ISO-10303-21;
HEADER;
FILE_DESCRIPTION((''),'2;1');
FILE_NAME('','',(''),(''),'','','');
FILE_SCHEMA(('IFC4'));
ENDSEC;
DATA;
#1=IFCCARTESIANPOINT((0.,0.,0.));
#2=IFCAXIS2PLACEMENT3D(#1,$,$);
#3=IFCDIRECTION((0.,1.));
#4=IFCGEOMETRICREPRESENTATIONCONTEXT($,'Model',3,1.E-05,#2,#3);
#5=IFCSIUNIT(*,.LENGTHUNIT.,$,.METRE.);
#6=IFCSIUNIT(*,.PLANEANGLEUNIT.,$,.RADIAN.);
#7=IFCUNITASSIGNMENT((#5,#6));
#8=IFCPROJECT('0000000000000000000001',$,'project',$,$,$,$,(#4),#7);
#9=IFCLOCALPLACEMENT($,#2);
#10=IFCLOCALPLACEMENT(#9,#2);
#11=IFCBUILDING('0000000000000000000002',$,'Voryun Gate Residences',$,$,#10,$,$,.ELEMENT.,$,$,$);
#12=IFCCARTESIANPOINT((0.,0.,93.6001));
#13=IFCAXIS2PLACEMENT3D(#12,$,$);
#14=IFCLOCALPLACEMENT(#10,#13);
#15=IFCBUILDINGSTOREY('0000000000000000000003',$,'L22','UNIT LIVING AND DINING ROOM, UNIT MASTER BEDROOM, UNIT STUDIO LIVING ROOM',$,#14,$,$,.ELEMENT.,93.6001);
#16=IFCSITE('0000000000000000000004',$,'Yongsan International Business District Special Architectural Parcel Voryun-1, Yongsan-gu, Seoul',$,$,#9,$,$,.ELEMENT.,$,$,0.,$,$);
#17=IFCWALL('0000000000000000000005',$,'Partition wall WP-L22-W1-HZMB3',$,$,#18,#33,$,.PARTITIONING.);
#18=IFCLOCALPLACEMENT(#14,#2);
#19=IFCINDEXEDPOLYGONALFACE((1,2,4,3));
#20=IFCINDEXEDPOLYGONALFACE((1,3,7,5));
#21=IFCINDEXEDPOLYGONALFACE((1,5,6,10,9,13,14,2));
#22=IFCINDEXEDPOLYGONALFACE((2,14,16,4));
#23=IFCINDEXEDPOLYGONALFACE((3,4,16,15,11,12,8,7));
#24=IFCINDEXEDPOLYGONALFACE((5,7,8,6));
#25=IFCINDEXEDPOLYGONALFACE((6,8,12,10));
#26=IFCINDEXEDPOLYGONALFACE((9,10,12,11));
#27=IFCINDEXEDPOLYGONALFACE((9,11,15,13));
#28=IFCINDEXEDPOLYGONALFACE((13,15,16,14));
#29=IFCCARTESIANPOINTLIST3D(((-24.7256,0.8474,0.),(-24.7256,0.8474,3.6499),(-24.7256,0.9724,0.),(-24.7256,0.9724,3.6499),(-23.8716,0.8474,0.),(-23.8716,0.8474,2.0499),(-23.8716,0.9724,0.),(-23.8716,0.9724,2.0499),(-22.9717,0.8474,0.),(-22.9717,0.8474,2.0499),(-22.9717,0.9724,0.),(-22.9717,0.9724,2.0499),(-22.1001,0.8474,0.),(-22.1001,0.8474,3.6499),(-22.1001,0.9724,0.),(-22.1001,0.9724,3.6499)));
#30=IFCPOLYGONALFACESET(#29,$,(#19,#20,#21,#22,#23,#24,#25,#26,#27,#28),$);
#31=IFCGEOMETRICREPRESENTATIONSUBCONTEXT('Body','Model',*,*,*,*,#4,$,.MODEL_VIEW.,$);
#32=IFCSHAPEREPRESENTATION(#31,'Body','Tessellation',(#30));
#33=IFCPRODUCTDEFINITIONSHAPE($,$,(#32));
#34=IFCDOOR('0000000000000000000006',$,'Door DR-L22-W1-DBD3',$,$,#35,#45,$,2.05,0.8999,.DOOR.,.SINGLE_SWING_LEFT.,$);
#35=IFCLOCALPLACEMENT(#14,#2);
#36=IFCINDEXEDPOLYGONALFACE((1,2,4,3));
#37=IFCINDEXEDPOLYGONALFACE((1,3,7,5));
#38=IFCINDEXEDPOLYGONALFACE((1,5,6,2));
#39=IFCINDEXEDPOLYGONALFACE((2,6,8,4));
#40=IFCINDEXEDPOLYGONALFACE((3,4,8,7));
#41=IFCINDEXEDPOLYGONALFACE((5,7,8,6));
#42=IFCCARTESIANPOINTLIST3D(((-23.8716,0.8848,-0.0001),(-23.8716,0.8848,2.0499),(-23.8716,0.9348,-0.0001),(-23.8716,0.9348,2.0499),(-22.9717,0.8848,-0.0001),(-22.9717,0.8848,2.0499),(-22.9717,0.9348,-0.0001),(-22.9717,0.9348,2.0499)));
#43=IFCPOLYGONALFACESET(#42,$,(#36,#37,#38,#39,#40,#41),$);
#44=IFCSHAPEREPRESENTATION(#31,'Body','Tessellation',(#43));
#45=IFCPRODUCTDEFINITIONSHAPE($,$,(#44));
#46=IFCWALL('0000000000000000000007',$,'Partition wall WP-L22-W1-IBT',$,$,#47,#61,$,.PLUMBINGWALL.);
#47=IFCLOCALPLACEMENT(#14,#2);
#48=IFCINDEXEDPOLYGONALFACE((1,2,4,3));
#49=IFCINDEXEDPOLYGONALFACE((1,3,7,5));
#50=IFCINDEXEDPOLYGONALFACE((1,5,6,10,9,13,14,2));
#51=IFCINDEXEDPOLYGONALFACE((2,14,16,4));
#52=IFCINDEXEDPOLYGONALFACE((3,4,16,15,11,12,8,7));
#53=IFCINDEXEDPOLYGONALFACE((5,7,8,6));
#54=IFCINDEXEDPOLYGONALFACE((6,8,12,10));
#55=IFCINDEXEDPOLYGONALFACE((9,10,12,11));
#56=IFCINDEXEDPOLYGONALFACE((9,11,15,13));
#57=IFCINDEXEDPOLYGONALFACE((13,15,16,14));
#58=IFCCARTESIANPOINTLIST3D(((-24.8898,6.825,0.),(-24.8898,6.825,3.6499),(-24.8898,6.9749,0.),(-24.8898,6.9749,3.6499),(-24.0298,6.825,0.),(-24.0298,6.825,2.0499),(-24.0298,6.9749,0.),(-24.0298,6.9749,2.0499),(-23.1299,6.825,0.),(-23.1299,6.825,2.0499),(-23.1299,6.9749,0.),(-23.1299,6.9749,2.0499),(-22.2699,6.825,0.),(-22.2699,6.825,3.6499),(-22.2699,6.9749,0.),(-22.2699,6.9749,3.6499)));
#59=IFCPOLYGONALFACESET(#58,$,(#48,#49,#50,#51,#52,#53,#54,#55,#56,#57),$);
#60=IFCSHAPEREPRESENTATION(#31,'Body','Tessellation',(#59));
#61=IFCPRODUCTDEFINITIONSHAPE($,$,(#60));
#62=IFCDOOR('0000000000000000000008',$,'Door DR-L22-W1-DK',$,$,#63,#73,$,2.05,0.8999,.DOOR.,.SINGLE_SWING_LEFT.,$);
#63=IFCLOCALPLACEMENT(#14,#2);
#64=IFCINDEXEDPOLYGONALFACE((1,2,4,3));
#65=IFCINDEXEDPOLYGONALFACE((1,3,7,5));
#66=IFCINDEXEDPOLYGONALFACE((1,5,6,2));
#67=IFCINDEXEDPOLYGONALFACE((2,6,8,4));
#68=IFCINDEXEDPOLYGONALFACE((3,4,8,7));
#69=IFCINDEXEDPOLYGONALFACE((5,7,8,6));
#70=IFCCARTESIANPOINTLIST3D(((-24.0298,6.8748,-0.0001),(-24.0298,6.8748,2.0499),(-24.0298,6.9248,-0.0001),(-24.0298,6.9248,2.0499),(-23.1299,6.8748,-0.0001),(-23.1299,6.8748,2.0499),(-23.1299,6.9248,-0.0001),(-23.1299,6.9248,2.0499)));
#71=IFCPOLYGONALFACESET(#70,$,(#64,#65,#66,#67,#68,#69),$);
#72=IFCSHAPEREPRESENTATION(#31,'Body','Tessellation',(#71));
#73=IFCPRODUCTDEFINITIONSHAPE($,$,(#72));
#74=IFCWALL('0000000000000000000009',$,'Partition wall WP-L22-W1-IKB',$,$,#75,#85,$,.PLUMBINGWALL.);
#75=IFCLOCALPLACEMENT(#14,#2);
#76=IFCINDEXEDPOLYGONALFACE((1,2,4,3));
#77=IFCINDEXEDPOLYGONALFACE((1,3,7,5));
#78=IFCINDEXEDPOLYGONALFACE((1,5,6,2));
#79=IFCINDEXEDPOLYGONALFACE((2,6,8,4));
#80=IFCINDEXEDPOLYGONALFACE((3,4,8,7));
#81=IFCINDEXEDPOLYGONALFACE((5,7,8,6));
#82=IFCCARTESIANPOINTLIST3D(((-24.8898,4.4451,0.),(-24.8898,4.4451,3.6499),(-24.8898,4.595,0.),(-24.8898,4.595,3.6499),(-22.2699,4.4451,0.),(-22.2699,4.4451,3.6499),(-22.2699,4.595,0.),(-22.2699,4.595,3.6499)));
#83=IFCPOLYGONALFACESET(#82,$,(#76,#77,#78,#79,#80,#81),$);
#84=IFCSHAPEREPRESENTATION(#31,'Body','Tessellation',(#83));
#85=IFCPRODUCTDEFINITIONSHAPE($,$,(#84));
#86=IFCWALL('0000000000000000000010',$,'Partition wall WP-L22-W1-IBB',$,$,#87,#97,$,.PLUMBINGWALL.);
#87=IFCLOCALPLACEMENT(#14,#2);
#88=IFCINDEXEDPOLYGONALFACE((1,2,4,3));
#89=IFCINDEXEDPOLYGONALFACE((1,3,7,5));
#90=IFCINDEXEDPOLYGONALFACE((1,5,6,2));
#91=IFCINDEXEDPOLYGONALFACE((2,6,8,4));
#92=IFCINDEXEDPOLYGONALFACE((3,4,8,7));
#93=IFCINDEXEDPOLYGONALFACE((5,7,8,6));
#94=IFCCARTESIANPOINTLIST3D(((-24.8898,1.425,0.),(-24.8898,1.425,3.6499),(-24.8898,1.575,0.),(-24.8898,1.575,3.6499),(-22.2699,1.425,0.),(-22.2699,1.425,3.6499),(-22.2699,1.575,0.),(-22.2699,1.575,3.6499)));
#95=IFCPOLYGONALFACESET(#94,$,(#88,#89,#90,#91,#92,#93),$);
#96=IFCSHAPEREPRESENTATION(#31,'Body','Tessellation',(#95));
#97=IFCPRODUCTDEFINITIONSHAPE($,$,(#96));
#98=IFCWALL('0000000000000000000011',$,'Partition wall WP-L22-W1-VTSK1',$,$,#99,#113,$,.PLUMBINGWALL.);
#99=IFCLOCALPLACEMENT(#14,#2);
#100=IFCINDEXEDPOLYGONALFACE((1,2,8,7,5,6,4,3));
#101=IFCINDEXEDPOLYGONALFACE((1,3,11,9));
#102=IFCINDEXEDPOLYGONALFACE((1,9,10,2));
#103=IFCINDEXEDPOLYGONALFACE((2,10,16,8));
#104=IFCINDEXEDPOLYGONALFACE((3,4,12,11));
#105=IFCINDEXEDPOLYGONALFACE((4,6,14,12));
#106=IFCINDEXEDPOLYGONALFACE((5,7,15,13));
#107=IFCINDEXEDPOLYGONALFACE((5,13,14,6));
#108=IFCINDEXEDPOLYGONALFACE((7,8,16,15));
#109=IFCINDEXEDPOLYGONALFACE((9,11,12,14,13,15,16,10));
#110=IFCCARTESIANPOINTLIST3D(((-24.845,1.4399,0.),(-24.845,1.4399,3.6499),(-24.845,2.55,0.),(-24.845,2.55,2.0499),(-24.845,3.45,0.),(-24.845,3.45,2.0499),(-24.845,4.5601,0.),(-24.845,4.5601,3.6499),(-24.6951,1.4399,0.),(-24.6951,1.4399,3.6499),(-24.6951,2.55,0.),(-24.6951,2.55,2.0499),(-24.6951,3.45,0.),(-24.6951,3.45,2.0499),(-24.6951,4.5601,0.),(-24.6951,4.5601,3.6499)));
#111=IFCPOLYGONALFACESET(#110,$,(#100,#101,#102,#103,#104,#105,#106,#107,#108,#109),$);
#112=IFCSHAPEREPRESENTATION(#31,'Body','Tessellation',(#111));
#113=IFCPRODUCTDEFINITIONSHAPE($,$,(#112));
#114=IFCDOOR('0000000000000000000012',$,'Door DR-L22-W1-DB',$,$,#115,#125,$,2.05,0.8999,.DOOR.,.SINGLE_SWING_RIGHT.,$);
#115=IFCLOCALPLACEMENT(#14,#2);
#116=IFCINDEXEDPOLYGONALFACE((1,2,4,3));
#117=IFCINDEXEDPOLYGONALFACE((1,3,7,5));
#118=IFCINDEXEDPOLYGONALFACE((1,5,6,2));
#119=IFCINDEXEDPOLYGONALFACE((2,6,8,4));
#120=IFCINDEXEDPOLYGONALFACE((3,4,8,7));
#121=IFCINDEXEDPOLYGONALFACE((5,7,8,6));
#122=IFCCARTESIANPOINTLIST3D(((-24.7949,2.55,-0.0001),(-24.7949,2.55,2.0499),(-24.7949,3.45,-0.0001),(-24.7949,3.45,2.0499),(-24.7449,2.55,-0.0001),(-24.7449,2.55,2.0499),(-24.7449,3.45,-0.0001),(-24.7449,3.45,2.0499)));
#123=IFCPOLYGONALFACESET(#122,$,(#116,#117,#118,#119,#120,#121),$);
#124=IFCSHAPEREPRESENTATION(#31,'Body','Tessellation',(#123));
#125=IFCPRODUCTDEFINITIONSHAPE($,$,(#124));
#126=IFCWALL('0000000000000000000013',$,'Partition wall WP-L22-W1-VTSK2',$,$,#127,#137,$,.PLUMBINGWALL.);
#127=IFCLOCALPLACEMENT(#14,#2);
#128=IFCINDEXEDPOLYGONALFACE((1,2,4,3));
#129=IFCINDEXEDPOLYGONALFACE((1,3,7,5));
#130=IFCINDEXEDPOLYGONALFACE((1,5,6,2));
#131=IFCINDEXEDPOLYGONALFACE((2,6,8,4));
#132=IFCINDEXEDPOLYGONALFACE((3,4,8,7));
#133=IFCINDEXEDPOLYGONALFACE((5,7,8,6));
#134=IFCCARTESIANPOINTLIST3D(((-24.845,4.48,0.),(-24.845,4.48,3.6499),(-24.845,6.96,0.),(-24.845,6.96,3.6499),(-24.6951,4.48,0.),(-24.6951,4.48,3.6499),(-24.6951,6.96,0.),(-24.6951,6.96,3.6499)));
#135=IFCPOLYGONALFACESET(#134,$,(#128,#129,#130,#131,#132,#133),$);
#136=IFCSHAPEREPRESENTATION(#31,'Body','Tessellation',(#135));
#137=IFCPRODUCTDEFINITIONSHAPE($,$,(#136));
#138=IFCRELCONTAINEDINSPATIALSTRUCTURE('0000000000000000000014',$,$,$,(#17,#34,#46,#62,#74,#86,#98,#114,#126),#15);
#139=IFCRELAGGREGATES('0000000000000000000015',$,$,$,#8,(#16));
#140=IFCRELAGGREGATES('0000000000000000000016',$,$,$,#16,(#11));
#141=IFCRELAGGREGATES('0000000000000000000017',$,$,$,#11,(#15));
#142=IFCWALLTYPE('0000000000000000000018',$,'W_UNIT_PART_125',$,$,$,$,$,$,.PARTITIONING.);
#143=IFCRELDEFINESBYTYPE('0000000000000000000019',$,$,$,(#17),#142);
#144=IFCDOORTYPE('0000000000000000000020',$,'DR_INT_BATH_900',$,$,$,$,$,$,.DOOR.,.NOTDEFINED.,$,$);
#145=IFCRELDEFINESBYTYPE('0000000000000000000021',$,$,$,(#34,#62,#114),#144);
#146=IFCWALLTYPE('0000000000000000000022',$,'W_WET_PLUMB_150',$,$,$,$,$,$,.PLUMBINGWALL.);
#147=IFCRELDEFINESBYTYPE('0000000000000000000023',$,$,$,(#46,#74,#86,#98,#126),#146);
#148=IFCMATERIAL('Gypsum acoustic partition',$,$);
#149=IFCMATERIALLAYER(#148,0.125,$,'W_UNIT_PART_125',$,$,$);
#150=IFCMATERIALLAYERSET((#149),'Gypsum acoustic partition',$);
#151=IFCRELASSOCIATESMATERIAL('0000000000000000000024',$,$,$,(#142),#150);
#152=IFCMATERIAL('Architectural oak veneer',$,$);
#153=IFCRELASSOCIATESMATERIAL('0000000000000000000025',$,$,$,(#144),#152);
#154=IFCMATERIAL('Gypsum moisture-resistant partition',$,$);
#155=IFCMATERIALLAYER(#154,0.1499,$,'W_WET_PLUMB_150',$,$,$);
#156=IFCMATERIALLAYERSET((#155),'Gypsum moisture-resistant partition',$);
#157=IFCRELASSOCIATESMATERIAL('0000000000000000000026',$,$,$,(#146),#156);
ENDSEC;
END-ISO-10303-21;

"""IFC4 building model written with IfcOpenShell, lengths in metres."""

from ifc_helpers import new_model, si_unit, direction, frame, frame_2d, origin, place, context, subcontext, project, spatial, rectangle, extrude, material, layer, layer_set, type_object, element, fill, save


model = new_model("IFC4")

# Units and contexts
model_context = context("Model", 3, precision=1e-05, world=origin(), true_north=direction((0.0, 1.0)))
body_context = subcontext(model_context, "Body", "Model", "MODEL_VIEW")
ifc_project = project(units=[si_unit("LENGTHUNIT", "METRE"), si_unit("PLANEANGLEUNIT", "RADIAN")], contexts=[model_context])

# Site, building, storey
site_placement = place(None, origin())
site = spatial("IfcSite", under=ifc_project, at=site_placement, Name="Yongsan International Business District Special Architectural Parcel Voryun-1, Yongsan-gu, Seoul", CompositionType="ELEMENT", RefElevation=0.0)
building_placement = place(site_placement, origin())
building = spatial("IfcBuilding", under=site, at=building_placement, Name="Voryun Gate Residences", CompositionType="ELEMENT")
storey_placement = place(building_placement, frame((0.0, 0.0, 93.6001)))
storey = spatial("IfcBuildingStorey", under=building, at=storey_placement, Name="L22", Description="UNIT LIVING AND DINING ROOM, UNIT MASTER BEDROOM, UNIT STUDIO LIVING ROOM", CompositionType="ELEMENT", Elevation=93.6001)

# Walls, openings, doors
ifc_material_1 = material(Name="Gypsum acoustic partition")
ifc_layer_1 = layer(ifc_material_1, 0.125, Name="W_UNIT_PART_125")
ifc_layer_set_1 = layer_set([ifc_layer_1], Name="Gypsum acoustic partition")
wall_type_1 = type_object("IfcWallType", Name="W_UNIT_PART_125", PredefinedType="PARTITIONING", material=ifc_layer_set_1)
ifc_material_2 = material(Name="Architectural oak veneer")
door_type_1 = type_object("IfcDoorType", Name="DR_INT_BATH_900", OperationType="NOTDEFINED", PredefinedType="DOOR", material=ifc_material_2)
wall_1_placement = place(storey_placement, frame((-24.7256, 0.9099, 0.0), z_axis=(0.0, 0.0, 1.0), x_axis=(1.0, 0.0, 0.0)))
wall_1 = element("IfcWall", 1, at=wall_1_placement, inside=storey, type_object=wall_type_1, Name="Partition wall WP-L22-W1-HZMB3", PredefinedType="PARTITIONING", context=body_context, shape_type="SweptSolid", body=[
    extrude(rectangle(XDim=2.6255, YDim=0.125, at=frame_2d((1.3127, 0.0))), origin(), (0.0, 0.0, 1.0), 3.6499),
])
opening_1_placement = place(wall_1_placement, frame((0.854, 0.0, 0.0)))
opening_1 = element("IfcOpeningElement", 2, at=opening_1_placement, cuts=wall_1, PredefinedType="OPENING", context=body_context, shape_type="SweptSolid", body=[
    extrude(rectangle(XDim=0.8999, YDim=2.05, at=frame_2d((0.45, 1.0249))), frame((0.0, 0.0725, 0.0), z_axis=(0.0, -1.0, 0.0), x_axis=(1.0, 0.0, 0.0)), (0.0, 0.0, 1.0), 0.145),
])
door_1_placement = place(opening_1_placement, origin())
door_1 = element("IfcDoor", 3, at=door_1_placement, inside=storey, type_object=door_type_1, Name="Door DR-L22-W1-DBD3", OperationType="SINGLE_SWING_LEFT", OverallHeight=2.05, OverallWidth=0.8999, PredefinedType="DOOR", context=body_context, shape_type="SweptSolid", body=[
    extrude(rectangle(XDim=0.8999, YDim=2.05, at=frame_2d((0.45, 1.0249))), frame((0.0, 0.0249, 0.0), z_axis=(0.0, -1.0, 0.0), x_axis=(1.0, 0.0, 0.0)), (0.0, 0.0, 1.0), 0.05),
])
fill(opening_1, door_1)
ifc_material_3 = material(Name="Gypsum moisture-resistant partition")
ifc_layer_2 = layer(ifc_material_3, 0.1499, Name="W_WET_PLUMB_150")
ifc_layer_set_2 = layer_set([ifc_layer_2], Name="Gypsum moisture-resistant partition")
wall_type_2 = type_object("IfcWallType", Name="W_WET_PLUMB_150", PredefinedType="PLUMBINGWALL", material=ifc_layer_set_2)
wall_2_placement = place(storey_placement, frame((-24.8899, 6.8999, 0.0), z_axis=(0.0, 0.0, 1.0), x_axis=(1.0, 0.0, 0.0)))
wall_2 = element("IfcWall", 4, at=wall_2_placement, inside=storey, type_object=wall_type_2, Name="Partition wall WP-L22-W1-IBT", PredefinedType="PLUMBINGWALL", context=body_context, shape_type="SweptSolid", body=[
    extrude(rectangle(XDim=2.6199, YDim=0.1499, at=frame_2d((1.3101, 0.0))), origin(), (0.0, 0.0, 1.0), 3.6499),
])
opening_2_placement = place(wall_2_placement, frame((0.8601, 0.0, 0.0)))
opening_2 = element("IfcOpeningElement", 5, at=opening_2_placement, cuts=wall_2, PredefinedType="OPENING", context=body_context, shape_type="SweptSolid", body=[
    extrude(rectangle(XDim=0.8999, YDim=2.05, at=frame_2d((0.45, 1.0249))), frame((0.0, 0.085, 0.0), z_axis=(0.0, -1.0, 0.0), x_axis=(1.0, 0.0, 0.0)), (0.0, 0.0, 1.0), 0.1699),
])
door_2_placement = place(opening_2_placement, origin())
door_2 = element("IfcDoor", 6, at=door_2_placement, inside=storey, type_object=door_type_1, Name="Door DR-L22-W1-DK", OperationType="SINGLE_SWING_LEFT", OverallHeight=2.05, OverallWidth=0.8999, PredefinedType="DOOR", context=body_context, shape_type="SweptSolid", body=[
    extrude(rectangle(XDim=0.8999, YDim=2.05, at=frame_2d((0.45, 1.0249))), frame((0.0, 0.0249, 0.0), z_axis=(0.0, -1.0, 0.0), x_axis=(1.0, 0.0, 0.0)), (0.0, 0.0, 1.0), 0.05),
])
fill(opening_2, door_2)

# Walls
for number, where, z_axis, x_axis, name in (
    (7, (-24.8899, 4.52, 0.0), (0.0, 0.0, 1.0), (1.0, 0.0, 0.0), "Partition wall WP-L22-W1-IKB"),
    (8, (-24.8899, 1.5, 0.0), (0.0, 0.0, 1.0), (1.0, 0.0, 0.0), "Partition wall WP-L22-W1-IBB"),
):
    element("IfcWall", number, at=place(storey_placement, frame(where, z_axis=z_axis, x_axis=x_axis)), inside=storey, type_object=wall_type_2, Name=name, PredefinedType="PLUMBINGWALL", context=body_context, shape_type="SweptSolid", body=[
        extrude(rectangle(XDim=2.6199, YDim=0.1499, at=frame_2d((1.3101, 0.0))), origin(), (0.0, 0.0, 1.0), 3.6499),
    ])

# Wall, opening, door
wall_3_placement = place(storey_placement, frame((-24.77, 1.4399, 0.0), z_axis=(0.0, 0.0, 1.0), x_axis=(0.0, 1.0, 0.0)))
wall_3 = element("IfcWall", 9, at=wall_3_placement, inside=storey, type_object=wall_type_2, Name="Partition wall WP-L22-W1-VTSK1", PredefinedType="PLUMBINGWALL", context=body_context, shape_type="SweptSolid", body=[
    extrude(rectangle(XDim=3.1201, YDim=0.1499, at=frame_2d((1.5601, 0.0))), origin(), (0.0, 0.0, 1.0), 3.6499),
])
opening_3_placement = place(wall_3_placement, frame((1.1101, 0.0, 0.0)))
opening_3 = element("IfcOpeningElement", 10, at=opening_3_placement, cuts=wall_3, PredefinedType="OPENING", context=body_context, shape_type="SweptSolid", body=[
    extrude(rectangle(XDim=0.8999, YDim=2.05, at=frame_2d((0.45, 1.0249))), frame((0.0, 0.085, 0.0), z_axis=(0.0, -1.0, 0.0), x_axis=(1.0, 0.0, 0.0)), (0.0, 0.0, 1.0), 0.1699),
])
door_3_placement = place(opening_3_placement, origin())
door_3 = element("IfcDoor", 11, at=door_3_placement, inside=storey, type_object=door_type_1, Name="Door DR-L22-W1-DB", OperationType="SINGLE_SWING_RIGHT", OverallHeight=2.05, OverallWidth=0.8999, PredefinedType="DOOR", context=body_context, shape_type="SweptSolid", body=[
    extrude(rectangle(XDim=0.8999, YDim=2.05, at=frame_2d((0.45, 1.0249))), frame((0.0, 0.0249, 0.0), z_axis=(0.0, -1.0, 0.0), x_axis=(1.0, 0.0, 0.0)), (0.0, 0.0, 1.0), 0.05),
])
fill(opening_3, door_3)

# Wall
wall_4_placement = place(storey_placement, frame((-24.77, 4.48, 0.0), z_axis=(0.0, 0.0, 1.0), x_axis=(0.0, 1.0, 0.0)))
element("IfcWall", 12, at=wall_4_placement, inside=storey, type_object=wall_type_2, Name="Partition wall WP-L22-W1-VTSK2", PredefinedType="PLUMBINGWALL", context=body_context, shape_type="SweptSolid", body=[
    extrude(rectangle(XDim=2.48, YDim=0.1499, at=frame_2d((1.24, 0.0))), origin(), (0.0, 0.0, 1.0), 3.6499),
])

save(model, "model.ifc")
